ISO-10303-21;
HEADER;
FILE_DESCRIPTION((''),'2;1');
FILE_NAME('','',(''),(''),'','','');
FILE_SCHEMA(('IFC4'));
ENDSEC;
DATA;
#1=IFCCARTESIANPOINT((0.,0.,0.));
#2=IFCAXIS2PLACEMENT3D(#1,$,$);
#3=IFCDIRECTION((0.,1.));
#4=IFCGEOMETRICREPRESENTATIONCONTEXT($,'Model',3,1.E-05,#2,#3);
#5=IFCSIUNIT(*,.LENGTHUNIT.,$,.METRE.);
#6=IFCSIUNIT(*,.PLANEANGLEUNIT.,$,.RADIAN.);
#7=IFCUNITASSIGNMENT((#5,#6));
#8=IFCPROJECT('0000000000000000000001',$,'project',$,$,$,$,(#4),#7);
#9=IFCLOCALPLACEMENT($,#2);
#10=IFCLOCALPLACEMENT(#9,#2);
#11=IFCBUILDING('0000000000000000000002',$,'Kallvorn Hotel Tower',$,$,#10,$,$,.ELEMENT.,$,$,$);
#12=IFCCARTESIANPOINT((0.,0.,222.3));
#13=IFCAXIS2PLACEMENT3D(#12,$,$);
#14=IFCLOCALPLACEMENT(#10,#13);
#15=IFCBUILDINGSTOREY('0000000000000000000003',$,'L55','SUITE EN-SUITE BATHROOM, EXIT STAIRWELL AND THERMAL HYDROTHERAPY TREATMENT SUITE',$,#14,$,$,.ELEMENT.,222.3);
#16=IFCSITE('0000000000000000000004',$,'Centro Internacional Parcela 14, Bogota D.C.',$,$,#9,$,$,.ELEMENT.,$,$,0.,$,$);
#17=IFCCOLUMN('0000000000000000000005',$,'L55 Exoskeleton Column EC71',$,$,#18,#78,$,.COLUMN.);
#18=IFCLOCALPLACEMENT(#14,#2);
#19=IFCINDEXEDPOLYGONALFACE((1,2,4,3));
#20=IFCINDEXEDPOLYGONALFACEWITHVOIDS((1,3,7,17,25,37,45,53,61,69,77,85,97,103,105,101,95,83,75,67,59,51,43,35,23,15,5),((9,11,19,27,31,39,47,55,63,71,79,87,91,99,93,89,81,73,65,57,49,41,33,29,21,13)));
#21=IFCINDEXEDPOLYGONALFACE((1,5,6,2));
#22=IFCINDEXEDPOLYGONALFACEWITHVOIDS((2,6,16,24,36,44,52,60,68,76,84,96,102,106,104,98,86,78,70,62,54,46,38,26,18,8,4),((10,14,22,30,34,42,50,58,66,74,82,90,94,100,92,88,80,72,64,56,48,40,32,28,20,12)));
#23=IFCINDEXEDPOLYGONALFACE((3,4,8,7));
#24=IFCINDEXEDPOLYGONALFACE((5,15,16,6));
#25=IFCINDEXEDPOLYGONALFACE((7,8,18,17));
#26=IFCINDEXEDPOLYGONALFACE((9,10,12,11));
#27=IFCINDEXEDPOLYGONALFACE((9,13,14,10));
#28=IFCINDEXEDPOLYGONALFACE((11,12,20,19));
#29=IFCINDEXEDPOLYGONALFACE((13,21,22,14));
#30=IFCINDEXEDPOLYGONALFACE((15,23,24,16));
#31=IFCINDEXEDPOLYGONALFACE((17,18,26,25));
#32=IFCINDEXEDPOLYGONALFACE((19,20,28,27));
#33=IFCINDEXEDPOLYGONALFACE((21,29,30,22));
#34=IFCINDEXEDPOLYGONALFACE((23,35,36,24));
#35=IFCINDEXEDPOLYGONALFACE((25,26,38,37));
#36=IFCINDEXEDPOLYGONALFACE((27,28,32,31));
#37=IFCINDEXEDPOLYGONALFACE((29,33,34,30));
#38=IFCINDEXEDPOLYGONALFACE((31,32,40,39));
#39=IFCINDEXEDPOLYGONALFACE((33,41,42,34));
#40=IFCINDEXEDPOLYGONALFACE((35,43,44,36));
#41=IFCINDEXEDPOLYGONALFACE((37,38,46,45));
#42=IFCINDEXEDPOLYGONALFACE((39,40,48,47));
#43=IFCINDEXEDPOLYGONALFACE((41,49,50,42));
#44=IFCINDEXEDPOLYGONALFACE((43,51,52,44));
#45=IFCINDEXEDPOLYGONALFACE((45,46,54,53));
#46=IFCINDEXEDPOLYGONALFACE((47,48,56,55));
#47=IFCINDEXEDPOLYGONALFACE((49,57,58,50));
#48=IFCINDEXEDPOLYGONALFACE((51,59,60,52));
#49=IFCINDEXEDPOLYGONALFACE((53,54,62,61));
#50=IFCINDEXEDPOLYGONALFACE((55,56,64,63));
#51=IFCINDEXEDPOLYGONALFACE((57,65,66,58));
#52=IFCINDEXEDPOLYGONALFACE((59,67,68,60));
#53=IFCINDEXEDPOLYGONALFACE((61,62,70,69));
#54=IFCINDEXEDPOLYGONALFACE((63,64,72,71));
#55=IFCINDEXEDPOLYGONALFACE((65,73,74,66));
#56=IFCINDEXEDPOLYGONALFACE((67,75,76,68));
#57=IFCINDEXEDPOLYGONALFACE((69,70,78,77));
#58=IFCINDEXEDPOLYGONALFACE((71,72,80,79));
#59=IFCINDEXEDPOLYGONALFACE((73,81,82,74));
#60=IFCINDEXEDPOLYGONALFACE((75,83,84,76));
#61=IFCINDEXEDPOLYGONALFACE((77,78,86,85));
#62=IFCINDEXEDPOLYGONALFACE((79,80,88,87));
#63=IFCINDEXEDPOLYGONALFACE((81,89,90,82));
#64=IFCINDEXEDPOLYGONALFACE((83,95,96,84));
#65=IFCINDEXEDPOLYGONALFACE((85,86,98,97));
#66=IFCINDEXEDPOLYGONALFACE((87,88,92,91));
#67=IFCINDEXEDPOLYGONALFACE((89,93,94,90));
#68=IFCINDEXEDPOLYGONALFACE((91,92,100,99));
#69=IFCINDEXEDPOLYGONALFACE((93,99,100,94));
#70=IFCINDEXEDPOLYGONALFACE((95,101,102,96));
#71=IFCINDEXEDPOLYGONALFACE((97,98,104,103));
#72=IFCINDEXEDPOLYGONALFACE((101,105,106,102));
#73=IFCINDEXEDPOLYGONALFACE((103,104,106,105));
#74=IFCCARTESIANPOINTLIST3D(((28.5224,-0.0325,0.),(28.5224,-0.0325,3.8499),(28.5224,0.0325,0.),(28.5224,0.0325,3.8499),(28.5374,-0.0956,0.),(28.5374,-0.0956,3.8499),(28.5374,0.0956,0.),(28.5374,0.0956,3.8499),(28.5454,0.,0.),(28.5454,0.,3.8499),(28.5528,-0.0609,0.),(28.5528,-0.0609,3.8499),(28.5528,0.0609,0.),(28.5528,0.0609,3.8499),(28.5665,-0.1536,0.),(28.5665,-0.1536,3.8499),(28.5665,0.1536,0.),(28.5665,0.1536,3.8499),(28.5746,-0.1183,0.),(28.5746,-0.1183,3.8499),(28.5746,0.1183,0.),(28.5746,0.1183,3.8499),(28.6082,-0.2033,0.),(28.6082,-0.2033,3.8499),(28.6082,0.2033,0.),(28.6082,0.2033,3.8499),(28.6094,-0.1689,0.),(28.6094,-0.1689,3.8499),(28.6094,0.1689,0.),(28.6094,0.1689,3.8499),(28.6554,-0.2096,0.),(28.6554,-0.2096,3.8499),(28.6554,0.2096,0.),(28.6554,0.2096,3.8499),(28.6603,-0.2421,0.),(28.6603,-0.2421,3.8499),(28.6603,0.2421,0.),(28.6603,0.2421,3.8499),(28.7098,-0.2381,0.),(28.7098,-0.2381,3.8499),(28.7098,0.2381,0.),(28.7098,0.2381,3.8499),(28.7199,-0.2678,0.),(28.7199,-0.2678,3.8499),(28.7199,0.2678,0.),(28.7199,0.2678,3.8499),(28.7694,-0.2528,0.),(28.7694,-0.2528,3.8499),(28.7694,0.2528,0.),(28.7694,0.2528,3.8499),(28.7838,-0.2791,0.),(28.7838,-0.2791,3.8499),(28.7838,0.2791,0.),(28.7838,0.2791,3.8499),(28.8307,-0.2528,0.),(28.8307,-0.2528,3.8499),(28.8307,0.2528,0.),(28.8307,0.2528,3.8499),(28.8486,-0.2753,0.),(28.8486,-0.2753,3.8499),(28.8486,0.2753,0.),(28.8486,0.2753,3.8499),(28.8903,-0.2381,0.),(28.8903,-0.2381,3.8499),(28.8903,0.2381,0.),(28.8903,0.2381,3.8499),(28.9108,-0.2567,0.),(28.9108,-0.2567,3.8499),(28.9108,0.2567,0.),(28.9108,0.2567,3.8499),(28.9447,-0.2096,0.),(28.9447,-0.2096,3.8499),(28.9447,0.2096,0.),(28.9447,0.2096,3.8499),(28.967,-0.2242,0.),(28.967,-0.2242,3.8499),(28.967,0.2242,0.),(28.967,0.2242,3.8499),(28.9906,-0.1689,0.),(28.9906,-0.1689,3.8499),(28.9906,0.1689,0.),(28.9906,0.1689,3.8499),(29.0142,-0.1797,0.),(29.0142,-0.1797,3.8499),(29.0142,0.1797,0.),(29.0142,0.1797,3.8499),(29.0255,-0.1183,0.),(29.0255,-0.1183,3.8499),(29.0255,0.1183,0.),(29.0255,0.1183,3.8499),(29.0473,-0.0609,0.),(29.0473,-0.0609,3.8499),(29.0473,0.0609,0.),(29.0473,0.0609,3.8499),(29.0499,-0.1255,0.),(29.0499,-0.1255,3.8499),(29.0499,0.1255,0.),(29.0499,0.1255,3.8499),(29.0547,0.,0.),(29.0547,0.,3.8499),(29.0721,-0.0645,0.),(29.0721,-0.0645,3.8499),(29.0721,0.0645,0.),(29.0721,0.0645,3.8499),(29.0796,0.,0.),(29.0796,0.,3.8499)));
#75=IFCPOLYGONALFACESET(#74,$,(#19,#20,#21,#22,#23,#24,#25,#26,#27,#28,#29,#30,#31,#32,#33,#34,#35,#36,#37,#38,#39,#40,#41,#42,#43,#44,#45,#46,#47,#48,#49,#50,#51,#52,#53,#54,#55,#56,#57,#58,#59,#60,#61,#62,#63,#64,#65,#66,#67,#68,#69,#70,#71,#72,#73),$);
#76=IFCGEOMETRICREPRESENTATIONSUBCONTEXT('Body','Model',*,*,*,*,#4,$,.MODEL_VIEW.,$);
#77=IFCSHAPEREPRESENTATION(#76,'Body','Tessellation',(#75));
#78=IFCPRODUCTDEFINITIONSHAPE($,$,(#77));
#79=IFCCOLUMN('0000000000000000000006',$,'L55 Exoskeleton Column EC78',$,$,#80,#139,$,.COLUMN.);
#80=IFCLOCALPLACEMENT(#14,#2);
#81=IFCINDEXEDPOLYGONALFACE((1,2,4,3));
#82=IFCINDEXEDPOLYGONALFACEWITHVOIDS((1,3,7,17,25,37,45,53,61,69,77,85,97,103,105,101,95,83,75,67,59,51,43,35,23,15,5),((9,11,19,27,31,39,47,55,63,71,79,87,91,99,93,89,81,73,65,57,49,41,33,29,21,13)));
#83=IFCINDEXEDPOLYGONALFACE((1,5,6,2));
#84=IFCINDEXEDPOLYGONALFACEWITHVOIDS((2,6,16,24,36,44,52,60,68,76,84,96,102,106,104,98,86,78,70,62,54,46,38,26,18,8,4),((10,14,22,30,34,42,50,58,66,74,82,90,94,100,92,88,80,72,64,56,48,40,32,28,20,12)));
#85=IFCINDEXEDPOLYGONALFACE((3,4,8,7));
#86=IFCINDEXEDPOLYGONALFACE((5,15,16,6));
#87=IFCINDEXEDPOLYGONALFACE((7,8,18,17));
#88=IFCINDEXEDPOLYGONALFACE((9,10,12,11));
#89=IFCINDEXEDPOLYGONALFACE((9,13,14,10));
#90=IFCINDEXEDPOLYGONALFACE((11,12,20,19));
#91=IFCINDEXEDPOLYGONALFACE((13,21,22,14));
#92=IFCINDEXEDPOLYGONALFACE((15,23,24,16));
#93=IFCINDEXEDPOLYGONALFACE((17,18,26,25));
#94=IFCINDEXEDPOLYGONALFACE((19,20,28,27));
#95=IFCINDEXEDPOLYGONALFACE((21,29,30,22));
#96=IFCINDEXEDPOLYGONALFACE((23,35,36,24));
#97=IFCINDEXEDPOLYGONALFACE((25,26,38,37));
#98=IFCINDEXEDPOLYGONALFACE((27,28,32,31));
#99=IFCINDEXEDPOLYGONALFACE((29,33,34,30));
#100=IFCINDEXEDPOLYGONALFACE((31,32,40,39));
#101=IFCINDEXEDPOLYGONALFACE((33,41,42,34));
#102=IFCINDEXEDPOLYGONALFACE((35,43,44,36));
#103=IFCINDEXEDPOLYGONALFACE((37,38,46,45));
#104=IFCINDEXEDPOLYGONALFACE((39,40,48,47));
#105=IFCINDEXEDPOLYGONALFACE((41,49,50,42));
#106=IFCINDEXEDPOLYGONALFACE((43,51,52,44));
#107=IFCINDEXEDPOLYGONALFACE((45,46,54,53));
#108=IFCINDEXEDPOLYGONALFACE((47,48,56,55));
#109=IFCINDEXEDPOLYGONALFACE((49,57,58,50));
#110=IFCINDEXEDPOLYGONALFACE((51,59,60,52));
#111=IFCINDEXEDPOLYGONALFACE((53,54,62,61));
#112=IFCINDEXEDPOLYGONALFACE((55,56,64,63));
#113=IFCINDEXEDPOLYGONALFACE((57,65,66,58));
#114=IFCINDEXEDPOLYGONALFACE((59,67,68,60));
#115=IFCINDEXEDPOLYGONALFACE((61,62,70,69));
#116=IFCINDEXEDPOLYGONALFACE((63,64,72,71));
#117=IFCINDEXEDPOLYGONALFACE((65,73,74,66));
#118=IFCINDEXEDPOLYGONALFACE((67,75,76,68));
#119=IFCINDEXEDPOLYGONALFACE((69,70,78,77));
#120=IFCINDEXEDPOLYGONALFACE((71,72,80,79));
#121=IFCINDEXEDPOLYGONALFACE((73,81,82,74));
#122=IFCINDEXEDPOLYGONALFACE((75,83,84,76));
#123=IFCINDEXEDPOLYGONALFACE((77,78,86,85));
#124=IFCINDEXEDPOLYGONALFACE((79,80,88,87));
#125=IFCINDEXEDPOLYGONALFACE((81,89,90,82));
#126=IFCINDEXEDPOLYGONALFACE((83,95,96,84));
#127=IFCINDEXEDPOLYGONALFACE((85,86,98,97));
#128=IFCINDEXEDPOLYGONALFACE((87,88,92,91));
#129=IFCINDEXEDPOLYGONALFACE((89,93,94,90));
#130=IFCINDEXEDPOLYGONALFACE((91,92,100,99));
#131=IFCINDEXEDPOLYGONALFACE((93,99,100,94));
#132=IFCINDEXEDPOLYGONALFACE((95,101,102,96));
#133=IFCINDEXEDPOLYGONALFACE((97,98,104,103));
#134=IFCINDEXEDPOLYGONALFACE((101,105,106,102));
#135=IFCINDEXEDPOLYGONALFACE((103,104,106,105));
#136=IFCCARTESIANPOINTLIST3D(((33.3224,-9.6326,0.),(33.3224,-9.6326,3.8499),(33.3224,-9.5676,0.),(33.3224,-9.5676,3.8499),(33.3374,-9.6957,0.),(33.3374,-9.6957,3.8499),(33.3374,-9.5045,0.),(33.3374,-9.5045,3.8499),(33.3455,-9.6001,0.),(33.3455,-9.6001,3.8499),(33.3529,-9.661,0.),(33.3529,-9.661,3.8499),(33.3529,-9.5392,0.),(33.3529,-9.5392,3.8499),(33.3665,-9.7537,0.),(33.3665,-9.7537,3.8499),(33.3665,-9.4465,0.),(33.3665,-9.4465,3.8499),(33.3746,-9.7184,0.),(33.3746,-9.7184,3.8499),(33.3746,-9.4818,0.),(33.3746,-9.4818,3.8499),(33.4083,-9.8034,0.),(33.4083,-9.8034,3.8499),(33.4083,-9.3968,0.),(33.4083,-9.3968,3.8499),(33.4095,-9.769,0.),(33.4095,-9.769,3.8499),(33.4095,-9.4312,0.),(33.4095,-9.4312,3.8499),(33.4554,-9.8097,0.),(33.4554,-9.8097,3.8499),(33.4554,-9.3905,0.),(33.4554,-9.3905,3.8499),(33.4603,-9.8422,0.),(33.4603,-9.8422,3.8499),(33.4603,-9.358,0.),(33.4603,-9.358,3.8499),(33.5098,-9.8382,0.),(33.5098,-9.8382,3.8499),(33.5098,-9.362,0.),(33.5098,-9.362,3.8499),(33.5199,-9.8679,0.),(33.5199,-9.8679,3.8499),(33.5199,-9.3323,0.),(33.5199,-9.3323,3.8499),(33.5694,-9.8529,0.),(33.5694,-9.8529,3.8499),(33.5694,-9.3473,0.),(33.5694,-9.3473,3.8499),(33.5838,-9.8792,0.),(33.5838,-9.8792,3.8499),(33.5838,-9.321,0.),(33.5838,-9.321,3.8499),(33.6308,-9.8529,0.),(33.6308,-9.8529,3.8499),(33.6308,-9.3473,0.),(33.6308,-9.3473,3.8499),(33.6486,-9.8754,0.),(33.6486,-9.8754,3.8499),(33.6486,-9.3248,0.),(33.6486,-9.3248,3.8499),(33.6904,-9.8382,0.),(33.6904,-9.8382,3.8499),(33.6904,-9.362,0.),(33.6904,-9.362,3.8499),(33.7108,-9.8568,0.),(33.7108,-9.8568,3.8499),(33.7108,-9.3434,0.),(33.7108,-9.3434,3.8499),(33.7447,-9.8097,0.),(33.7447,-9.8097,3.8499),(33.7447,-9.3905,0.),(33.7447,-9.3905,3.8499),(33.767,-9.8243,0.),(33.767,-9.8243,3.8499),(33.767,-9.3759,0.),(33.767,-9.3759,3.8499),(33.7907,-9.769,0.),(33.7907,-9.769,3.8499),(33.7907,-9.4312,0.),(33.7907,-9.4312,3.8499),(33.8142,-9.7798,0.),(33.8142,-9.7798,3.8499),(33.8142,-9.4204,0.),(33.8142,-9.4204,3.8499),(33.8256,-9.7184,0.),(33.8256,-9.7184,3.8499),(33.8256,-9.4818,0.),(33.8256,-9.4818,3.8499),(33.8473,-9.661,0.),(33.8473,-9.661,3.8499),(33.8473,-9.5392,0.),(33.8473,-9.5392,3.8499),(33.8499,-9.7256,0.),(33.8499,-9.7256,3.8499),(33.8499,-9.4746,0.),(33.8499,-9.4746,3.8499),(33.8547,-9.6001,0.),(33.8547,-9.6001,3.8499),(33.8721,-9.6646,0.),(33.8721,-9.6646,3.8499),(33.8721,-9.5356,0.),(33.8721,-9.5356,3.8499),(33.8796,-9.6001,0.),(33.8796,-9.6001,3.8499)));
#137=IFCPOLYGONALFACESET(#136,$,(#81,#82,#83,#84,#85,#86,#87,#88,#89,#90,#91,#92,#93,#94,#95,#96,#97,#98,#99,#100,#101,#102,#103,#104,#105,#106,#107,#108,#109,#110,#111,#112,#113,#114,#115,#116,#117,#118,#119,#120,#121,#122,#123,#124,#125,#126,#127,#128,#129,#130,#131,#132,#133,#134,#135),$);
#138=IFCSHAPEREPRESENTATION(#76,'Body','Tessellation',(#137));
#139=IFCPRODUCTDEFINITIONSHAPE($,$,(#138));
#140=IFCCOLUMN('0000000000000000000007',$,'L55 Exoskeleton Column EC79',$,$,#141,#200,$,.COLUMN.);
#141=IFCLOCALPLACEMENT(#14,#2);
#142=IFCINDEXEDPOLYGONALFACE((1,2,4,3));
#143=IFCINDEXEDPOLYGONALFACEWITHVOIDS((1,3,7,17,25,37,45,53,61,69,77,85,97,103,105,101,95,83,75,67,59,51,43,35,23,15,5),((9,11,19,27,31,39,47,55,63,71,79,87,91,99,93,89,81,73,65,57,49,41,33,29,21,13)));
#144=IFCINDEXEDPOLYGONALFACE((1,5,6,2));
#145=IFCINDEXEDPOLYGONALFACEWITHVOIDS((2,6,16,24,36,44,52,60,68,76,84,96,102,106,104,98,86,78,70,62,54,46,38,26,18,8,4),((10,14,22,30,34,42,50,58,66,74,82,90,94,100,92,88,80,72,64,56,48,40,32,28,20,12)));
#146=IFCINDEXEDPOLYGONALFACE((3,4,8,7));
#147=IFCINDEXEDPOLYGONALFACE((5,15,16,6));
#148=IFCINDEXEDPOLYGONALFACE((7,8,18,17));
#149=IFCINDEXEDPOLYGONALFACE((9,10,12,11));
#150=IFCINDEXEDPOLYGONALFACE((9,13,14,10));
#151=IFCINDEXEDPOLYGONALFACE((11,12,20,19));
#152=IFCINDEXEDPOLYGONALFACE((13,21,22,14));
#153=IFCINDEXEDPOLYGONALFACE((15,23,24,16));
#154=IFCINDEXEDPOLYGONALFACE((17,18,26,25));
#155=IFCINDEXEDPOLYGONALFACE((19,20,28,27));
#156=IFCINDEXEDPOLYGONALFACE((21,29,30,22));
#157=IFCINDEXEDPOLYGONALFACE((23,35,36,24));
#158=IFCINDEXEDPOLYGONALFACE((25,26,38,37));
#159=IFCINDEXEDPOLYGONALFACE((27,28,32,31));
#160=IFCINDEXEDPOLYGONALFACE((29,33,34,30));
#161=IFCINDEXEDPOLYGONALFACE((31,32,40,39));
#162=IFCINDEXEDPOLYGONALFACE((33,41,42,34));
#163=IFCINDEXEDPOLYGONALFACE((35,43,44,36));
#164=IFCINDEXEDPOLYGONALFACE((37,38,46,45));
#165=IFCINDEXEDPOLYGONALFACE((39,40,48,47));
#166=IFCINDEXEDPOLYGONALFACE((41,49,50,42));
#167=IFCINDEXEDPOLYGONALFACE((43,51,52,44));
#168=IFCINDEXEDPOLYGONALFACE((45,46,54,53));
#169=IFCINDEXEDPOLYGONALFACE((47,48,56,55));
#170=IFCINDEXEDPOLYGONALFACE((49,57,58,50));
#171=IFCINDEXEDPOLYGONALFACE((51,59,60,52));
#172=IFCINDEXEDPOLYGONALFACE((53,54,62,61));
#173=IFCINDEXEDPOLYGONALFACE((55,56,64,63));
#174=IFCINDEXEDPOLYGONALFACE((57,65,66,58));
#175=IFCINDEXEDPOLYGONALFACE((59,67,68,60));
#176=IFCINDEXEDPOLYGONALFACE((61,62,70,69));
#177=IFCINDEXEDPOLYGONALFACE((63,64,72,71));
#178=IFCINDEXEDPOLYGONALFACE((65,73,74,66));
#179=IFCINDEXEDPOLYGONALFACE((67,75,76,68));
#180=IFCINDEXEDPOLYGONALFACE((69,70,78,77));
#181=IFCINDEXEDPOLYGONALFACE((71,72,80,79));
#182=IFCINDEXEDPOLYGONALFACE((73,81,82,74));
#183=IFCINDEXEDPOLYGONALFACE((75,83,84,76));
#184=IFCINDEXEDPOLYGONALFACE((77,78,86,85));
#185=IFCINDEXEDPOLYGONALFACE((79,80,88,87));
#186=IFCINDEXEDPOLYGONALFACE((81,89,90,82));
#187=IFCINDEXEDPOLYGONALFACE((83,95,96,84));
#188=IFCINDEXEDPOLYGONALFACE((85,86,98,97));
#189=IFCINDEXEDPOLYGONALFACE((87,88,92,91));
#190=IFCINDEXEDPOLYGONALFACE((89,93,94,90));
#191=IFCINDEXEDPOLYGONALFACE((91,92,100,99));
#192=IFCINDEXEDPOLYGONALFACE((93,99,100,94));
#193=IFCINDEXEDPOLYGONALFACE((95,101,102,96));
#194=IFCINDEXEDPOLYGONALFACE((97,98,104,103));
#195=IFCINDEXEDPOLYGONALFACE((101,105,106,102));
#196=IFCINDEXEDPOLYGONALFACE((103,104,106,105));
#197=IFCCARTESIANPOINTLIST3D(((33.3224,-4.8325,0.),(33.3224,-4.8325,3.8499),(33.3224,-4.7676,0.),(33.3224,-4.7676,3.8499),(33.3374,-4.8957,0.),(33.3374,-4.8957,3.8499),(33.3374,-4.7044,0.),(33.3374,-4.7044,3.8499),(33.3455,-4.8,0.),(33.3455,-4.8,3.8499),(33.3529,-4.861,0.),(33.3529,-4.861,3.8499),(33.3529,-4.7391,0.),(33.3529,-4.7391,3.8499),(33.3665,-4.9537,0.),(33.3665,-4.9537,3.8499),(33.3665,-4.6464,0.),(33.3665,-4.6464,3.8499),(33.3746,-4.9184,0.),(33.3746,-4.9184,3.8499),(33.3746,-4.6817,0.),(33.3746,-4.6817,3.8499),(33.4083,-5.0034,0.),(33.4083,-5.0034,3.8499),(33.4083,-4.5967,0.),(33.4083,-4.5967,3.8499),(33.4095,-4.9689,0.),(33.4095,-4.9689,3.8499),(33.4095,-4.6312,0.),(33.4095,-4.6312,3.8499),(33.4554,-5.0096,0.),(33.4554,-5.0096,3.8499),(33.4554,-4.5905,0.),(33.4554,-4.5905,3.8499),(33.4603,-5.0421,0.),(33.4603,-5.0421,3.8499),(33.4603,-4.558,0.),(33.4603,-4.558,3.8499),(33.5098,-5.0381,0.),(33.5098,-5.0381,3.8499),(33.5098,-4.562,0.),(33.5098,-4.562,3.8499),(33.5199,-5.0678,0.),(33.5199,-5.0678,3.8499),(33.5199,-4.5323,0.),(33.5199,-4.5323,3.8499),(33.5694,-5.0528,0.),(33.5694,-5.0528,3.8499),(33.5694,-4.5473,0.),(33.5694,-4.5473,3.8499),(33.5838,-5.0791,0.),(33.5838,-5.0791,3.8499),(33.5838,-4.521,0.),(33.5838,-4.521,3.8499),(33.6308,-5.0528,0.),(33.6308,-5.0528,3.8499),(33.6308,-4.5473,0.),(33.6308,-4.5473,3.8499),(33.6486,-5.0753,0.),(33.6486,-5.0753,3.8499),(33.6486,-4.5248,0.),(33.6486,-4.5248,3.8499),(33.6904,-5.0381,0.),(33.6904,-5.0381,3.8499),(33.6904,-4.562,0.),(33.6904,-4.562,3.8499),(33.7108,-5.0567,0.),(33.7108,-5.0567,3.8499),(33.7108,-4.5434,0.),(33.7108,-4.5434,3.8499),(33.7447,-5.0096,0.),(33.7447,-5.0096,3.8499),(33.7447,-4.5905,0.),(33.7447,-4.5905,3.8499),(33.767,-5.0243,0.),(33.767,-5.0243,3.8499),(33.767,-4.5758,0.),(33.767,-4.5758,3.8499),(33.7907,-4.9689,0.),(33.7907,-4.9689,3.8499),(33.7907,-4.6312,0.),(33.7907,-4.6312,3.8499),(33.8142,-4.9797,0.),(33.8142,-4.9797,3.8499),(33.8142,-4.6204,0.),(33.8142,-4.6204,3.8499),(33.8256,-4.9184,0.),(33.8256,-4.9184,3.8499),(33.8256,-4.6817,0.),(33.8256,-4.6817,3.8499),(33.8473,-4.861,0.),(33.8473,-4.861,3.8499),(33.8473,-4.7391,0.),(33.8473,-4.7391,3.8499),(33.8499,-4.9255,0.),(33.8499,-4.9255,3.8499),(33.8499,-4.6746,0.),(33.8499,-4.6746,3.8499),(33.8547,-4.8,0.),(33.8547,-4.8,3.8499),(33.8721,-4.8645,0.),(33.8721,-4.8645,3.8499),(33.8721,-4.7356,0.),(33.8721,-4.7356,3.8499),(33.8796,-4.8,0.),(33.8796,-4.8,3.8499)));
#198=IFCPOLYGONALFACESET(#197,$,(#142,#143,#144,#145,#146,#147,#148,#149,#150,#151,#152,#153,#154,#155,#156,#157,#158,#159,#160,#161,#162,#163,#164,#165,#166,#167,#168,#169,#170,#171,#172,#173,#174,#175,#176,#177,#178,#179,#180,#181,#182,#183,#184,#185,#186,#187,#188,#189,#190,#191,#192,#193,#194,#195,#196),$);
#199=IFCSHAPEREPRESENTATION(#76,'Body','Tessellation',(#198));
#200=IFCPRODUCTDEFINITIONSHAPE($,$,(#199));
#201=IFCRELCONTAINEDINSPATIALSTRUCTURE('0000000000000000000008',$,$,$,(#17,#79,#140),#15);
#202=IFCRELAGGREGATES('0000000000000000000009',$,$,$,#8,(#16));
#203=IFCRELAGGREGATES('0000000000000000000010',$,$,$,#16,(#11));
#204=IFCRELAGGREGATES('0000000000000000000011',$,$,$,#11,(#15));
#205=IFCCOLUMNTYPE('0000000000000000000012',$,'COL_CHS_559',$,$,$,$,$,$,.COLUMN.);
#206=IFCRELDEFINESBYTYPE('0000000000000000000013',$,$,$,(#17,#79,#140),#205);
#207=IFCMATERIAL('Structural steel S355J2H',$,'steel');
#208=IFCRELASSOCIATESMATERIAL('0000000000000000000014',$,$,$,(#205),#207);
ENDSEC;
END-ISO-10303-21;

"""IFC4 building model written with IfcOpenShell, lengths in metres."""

from ifc_helpers import new_model, si_unit, direction, frame, origin, origin_2d, place, context, subcontext, project, spatial, hollow_circle, extrude, material, material_profile, profile_set, type_object, element, save


model = new_model("IFC4")

# Units and contexts
model_context = context("Model", 3, precision=1e-05, world=origin(), true_north=direction((0.0, 1.0)))
body_context = subcontext(model_context, "Body", "Model", "MODEL_VIEW")
ifc_project = project(units=[si_unit("LENGTHUNIT", "METRE"), si_unit("PLANEANGLEUNIT", "RADIAN")], contexts=[model_context])

# Site, building, storey
site_placement = place(None, origin())
site = spatial("IfcSite", under=ifc_project, at=site_placement, Name="Centro Internacional Parcela 14, Bogota D.C.", CompositionType="ELEMENT", RefElevation=0.0)
building_placement = place(site_placement, origin())
building = spatial("IfcBuilding", under=site, at=building_placement, Name="Kallvorn Hotel Tower", CompositionType="ELEMENT")
storey_placement = place(building_placement, frame((0.0, 0.0, 222.3)))
storey = spatial("IfcBuildingStorey", under=building, at=storey_placement, Name="L55", Description="SUITE EN-SUITE BATHROOM, EXIT STAIRWELL AND THERMAL HYDROTHERAPY TREATMENT SUITE", CompositionType="ELEMENT", Elevation=222.3)

# Columns
ifc_material_1 = material(Name="Structural steel S355J2H", Category="steel")
ifc_material_profile_1 = material_profile(ifc_material_1, hollow_circle(Radius=0.2795, WallThickness=0.0249, at=origin_2d()), Name="CHS 559x25")
ifc_profile_set_1 = profile_set([ifc_material_profile_1], Name="Structural steel S355J2H")
column_type_1 = type_object("IfcColumnType", Name="COL_CHS_559", PredefinedType="COLUMN", material=ifc_profile_set_1)
for number, where, z_axis, x_axis, name in (
    (1, (28.8, 0.0, 0.0), (0.0, 0.0, 1.0), (1.0, 0.0, 0.0), "L55 Exoskeleton Column EC71"),
    (2, (33.6001, -9.6001, 0.0), (0.0, 0.0, 1.0), (1.0, 0.0, 0.0), "L55 Exoskeleton Column EC78"),
    (3, (33.6001, -4.8, 0.0), (0.0, 0.0, 1.0), (1.0, 0.0, 0.0), "L55 Exoskeleton Column EC79"),
):
    element("IfcColumn", number, at=place(storey_placement, frame(where, z_axis=z_axis, x_axis=x_axis)), inside=storey, type_object=column_type_1, Name=name, PredefinedType="COLUMN", context=body_context, shape_type="SweptSolid", body=[
        extrude(hollow_circle(Radius=0.2795, WallThickness=0.0249, at=origin_2d()), origin(), (0.0, 0.0, 1.0), 3.8499),
    ])

save(model, "model.ifc")
